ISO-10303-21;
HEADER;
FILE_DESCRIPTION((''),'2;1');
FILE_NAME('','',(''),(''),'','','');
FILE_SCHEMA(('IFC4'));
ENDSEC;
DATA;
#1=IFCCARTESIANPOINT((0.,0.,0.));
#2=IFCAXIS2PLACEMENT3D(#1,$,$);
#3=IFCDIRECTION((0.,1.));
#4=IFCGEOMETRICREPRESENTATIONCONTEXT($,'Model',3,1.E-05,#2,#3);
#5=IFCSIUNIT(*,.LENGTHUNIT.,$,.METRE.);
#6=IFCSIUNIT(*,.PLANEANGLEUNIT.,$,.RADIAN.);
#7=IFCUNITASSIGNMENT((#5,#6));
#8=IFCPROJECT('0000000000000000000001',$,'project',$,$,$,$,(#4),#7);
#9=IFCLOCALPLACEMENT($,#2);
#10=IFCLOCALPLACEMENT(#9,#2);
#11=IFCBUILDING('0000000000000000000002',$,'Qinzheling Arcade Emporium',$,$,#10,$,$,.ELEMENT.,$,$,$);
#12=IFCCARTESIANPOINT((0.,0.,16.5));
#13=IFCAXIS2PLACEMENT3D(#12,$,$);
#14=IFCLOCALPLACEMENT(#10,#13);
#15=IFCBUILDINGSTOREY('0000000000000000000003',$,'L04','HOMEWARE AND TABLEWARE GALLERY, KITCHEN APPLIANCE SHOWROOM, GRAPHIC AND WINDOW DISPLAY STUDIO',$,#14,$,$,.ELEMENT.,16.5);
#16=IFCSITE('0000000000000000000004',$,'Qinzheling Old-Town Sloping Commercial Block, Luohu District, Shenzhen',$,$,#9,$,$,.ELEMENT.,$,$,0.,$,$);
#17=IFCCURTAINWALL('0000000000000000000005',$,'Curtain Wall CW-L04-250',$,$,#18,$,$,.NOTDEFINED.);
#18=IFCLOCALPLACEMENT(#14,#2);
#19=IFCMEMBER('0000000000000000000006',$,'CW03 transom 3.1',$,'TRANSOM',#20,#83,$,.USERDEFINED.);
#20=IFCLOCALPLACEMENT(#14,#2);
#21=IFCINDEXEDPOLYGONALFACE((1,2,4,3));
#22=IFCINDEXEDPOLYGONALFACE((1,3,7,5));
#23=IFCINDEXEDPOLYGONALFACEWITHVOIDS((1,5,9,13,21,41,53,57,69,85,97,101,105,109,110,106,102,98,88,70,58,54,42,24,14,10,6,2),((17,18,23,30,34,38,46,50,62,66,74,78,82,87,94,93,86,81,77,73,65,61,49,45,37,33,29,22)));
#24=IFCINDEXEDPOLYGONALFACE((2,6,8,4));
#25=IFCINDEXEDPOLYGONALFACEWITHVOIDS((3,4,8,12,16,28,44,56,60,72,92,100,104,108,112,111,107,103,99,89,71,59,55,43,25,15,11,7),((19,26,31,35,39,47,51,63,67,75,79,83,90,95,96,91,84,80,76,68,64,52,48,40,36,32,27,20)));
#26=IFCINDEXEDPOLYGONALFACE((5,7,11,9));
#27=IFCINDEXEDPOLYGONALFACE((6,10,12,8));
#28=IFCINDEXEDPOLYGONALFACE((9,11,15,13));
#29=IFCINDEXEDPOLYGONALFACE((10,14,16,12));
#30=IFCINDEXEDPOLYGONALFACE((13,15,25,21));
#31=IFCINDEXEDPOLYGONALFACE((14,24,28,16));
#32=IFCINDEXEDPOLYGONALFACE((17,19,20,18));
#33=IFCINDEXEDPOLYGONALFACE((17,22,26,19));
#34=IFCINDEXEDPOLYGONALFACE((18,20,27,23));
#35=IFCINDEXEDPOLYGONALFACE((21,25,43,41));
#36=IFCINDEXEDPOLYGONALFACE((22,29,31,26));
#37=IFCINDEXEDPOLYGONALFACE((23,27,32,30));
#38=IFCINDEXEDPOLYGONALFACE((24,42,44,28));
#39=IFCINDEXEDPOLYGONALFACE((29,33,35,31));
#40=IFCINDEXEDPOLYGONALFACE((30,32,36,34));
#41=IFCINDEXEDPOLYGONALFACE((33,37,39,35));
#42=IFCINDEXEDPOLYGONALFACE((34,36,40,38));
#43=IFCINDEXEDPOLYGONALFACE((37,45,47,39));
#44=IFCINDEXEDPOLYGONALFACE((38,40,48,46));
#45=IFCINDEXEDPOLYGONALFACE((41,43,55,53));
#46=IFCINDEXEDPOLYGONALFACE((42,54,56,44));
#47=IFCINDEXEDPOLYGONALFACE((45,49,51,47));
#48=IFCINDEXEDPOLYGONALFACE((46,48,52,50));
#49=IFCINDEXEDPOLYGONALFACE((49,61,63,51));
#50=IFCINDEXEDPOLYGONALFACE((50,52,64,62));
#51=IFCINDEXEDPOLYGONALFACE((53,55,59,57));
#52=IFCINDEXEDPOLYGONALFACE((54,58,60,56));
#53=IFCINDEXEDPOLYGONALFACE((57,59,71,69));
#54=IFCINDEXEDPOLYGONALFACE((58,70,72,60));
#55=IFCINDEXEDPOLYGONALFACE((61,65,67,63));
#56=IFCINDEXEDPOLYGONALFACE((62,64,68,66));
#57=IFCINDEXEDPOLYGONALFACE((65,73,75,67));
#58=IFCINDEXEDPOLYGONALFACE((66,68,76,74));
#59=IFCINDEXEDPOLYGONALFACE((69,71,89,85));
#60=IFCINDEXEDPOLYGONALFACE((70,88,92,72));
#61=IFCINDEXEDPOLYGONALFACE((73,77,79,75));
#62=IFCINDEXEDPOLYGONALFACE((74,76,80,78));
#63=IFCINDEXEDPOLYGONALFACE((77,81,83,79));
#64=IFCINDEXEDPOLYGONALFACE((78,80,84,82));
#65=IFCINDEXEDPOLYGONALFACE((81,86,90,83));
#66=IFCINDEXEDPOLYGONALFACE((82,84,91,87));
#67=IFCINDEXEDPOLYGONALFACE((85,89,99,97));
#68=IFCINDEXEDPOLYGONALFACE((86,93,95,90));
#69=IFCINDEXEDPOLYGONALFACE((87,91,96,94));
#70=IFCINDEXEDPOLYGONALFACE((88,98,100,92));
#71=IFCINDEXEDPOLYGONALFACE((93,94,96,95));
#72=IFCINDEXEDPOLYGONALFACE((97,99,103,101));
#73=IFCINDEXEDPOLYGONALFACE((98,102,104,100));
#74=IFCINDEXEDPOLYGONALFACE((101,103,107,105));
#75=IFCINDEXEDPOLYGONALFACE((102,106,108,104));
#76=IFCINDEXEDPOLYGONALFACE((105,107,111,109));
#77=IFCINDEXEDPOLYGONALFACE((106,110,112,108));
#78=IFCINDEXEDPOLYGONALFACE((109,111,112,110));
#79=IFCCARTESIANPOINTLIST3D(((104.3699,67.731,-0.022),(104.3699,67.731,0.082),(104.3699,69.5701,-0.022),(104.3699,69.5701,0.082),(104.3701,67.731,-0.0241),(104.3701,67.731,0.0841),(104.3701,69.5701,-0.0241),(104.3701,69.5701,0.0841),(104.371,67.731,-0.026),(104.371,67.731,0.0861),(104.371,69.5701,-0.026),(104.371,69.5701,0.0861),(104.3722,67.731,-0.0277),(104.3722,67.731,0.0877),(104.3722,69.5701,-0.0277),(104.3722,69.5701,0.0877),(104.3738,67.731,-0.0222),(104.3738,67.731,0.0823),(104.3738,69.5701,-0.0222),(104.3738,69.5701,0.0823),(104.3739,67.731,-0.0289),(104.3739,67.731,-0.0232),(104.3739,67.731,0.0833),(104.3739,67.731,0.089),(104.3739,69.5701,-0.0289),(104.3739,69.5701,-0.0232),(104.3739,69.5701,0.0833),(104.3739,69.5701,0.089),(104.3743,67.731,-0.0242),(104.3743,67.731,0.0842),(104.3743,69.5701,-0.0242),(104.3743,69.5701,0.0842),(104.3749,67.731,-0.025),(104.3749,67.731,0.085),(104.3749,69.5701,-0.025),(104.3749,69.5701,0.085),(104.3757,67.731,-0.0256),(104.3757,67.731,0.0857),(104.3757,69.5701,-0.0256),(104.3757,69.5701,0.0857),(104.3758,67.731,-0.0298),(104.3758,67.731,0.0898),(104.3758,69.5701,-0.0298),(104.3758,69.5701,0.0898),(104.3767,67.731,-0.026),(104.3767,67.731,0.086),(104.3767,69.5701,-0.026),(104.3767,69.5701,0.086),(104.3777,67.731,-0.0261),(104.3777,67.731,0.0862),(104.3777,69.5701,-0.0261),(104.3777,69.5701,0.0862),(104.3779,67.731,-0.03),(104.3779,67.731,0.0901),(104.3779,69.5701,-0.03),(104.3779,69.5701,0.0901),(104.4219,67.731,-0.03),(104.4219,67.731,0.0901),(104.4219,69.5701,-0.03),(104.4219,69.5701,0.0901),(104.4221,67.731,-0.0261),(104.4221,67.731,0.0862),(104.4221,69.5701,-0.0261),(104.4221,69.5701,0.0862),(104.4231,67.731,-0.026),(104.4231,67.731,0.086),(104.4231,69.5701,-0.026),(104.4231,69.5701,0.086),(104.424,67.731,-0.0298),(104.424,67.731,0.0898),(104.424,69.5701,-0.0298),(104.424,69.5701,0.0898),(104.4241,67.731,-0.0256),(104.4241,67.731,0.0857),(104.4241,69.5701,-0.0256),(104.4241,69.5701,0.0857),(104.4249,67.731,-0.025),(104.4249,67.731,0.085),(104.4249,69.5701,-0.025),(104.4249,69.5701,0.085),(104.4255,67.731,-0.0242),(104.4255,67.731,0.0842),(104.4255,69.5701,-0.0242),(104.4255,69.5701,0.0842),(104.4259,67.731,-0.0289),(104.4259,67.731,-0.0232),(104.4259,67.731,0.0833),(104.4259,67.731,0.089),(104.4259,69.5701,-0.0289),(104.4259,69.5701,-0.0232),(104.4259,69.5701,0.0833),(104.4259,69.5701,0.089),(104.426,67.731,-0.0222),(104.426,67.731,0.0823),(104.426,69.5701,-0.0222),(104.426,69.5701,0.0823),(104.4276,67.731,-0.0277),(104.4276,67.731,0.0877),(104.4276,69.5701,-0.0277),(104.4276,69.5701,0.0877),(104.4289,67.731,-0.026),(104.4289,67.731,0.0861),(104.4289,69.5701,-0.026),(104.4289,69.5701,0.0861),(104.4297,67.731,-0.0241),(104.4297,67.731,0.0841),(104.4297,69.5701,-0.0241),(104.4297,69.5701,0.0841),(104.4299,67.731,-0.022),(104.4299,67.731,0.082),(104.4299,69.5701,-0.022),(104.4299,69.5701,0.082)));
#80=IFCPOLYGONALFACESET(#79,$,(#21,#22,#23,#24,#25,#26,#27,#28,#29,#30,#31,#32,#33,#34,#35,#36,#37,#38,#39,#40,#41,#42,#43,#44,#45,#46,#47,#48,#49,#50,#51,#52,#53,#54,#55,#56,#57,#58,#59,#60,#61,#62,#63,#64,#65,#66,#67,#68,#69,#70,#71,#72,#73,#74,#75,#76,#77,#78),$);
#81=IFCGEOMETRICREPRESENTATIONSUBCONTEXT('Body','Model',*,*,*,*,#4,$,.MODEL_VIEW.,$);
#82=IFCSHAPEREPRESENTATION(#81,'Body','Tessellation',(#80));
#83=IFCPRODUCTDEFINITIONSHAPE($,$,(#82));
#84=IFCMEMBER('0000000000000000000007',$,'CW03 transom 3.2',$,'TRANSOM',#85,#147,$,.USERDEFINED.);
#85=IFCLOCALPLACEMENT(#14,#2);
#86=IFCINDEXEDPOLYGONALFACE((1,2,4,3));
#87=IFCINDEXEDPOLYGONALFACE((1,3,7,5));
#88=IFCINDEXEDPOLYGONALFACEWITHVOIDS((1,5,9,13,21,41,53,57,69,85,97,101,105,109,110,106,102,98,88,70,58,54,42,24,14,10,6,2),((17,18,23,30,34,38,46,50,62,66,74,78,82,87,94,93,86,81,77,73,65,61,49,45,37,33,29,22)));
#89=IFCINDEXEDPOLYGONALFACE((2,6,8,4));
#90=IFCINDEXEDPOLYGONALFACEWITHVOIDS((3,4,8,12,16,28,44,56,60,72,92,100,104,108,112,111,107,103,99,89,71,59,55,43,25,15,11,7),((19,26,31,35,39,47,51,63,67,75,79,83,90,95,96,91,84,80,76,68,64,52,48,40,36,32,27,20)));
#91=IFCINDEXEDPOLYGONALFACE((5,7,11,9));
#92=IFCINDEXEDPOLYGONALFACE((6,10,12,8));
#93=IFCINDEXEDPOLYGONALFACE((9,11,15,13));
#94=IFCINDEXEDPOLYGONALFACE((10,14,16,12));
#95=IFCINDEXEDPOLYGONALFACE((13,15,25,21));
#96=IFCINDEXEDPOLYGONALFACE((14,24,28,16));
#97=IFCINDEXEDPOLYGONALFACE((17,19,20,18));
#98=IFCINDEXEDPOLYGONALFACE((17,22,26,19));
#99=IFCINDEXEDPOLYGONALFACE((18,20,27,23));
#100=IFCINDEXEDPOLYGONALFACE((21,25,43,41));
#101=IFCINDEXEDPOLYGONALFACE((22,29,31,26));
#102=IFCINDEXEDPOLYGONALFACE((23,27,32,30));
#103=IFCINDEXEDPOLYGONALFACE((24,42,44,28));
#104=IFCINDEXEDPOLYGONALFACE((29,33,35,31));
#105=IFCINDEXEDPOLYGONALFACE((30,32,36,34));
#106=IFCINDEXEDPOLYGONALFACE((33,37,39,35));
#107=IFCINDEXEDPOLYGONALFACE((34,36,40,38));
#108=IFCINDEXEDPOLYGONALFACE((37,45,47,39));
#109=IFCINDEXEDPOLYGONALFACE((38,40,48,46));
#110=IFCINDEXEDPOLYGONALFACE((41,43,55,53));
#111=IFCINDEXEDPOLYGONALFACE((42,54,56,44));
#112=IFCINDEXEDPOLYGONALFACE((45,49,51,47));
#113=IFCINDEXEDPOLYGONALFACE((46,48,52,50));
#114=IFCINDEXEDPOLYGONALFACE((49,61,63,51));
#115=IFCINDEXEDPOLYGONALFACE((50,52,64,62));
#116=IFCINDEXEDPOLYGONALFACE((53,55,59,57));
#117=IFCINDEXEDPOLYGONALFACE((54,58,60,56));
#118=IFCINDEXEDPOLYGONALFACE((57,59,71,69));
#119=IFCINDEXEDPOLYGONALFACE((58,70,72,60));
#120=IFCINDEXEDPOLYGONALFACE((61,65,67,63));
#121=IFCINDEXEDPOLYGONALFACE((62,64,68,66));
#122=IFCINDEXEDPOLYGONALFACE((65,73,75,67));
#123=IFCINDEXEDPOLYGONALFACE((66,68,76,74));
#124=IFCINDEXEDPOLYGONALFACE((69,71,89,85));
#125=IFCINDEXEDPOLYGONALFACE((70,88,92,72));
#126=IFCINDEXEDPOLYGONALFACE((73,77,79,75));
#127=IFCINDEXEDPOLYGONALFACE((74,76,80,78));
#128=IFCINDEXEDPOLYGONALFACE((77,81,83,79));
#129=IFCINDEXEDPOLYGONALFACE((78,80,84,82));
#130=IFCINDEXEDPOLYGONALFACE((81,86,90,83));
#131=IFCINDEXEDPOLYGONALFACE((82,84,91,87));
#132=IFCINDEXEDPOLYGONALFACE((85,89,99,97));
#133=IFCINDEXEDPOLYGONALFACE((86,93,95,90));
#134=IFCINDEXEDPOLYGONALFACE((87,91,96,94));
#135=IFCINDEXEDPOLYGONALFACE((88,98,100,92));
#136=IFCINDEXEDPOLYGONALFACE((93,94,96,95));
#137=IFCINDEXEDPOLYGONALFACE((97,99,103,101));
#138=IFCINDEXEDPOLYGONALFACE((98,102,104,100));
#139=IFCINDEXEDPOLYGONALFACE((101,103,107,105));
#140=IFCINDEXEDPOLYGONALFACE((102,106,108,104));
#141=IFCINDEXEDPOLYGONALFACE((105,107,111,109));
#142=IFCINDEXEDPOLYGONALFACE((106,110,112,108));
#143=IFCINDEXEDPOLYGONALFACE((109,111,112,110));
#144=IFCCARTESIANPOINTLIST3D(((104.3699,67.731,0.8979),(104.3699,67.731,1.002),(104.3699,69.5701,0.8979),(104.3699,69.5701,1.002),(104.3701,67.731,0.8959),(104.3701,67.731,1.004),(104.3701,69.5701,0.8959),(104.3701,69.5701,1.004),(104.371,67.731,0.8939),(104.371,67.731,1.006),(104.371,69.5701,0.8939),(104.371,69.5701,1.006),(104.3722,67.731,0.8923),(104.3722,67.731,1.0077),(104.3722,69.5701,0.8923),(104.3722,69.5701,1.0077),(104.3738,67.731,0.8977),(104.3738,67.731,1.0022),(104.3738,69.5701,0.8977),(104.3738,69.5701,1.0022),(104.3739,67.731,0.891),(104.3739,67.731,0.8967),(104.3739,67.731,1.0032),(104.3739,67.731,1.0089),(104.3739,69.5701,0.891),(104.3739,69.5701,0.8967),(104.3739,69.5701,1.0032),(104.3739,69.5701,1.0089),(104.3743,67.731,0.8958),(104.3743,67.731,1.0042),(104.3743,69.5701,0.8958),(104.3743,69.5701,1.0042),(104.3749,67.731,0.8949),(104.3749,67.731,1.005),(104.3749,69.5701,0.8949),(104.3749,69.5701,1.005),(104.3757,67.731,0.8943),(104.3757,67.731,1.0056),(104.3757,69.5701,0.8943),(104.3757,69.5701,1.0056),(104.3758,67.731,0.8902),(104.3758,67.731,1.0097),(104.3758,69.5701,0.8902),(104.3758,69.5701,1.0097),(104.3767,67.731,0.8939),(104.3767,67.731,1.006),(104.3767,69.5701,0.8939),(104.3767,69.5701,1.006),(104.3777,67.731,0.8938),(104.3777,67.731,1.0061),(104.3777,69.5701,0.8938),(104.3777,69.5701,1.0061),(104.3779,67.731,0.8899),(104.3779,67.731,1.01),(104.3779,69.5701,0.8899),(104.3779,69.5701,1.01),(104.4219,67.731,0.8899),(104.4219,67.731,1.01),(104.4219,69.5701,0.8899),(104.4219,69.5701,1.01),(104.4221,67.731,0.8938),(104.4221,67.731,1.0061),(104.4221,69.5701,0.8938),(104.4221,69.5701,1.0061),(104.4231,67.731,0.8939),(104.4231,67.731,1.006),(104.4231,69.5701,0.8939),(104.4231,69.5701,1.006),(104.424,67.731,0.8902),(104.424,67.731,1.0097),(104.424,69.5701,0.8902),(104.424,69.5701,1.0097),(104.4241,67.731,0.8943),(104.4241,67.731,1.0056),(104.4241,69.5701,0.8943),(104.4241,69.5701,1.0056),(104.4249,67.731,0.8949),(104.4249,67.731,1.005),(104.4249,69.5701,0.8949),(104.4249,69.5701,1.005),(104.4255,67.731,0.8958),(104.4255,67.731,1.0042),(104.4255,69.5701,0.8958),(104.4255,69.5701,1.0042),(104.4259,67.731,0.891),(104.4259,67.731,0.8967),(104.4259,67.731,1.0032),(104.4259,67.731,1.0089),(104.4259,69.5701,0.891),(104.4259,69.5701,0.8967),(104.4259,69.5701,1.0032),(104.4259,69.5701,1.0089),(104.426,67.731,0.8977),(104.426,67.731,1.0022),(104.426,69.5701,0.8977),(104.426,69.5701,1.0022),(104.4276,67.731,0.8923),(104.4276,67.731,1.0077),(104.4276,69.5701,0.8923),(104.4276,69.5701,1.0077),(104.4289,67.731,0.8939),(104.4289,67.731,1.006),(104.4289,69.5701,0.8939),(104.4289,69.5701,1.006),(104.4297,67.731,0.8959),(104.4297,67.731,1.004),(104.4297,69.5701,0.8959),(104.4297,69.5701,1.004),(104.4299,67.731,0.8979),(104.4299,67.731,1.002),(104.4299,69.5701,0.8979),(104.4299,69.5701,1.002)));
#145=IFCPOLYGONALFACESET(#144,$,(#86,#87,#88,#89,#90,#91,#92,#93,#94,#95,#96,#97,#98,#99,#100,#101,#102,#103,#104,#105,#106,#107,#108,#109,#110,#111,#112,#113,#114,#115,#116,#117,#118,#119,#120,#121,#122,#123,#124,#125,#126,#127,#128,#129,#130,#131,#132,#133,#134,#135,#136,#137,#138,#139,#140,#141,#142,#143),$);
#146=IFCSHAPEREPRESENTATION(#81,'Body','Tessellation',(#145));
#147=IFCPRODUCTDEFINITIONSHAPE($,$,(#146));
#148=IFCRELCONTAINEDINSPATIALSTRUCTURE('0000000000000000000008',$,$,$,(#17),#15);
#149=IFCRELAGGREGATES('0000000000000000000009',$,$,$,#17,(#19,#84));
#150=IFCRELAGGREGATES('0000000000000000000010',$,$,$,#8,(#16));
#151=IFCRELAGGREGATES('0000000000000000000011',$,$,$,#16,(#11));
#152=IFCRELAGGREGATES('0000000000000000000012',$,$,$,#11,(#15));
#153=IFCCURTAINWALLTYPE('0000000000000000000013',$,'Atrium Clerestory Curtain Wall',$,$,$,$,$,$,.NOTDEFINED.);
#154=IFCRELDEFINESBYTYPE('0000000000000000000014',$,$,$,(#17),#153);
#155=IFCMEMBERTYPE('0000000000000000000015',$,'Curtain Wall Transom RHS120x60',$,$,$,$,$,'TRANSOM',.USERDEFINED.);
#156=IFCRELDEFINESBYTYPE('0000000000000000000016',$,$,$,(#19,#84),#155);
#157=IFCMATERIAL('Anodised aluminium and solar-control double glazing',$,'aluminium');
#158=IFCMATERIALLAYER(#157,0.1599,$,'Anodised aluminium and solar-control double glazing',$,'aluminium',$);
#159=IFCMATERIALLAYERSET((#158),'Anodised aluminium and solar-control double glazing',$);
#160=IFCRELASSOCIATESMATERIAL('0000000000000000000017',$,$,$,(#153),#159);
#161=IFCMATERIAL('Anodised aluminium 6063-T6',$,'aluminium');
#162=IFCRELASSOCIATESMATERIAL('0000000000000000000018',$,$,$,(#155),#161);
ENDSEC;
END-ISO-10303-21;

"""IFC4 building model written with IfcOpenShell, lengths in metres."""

from ifc_helpers import new_model, si_unit, direction, frame, origin, origin_2d, place, context, subcontext, project, spatial, hollow_rectangle, extrude, material, layer, layer_set, material_profile, profile_set, type_object, element, aggregate, save


model = new_model("IFC4")

# Units and contexts
model_context = context("Model", 3, precision=1e-05, world=origin(), true_north=direction((0.0, 1.0)))
body_context = subcontext(model_context, "Body", "Model", "MODEL_VIEW")
ifc_project = project(units=[si_unit("LENGTHUNIT", "METRE"), si_unit("PLANEANGLEUNIT", "RADIAN")], contexts=[model_context])

# Site, building, storey
site_placement = place(None, origin())
site = spatial("IfcSite", under=ifc_project, at=site_placement, Name="Qinzheling Old-Town Sloping Commercial Block, Luohu District, Shenzhen", CompositionType="ELEMENT", RefElevation=0.0)
building_placement = place(site_placement, origin())
building = spatial("IfcBuilding", under=site, at=building_placement, Name="Qinzheling Arcade Emporium", CompositionType="ELEMENT")
storey_placement = place(building_placement, frame((0.0, 0.0, 16.5)))
storey = spatial("IfcBuildingStorey", under=building, at=storey_placement, Name="L04", Description="HOMEWARE AND TABLEWARE GALLERY, KITCHEN APPLIANCE SHOWROOM, GRAPHIC AND WINDOW DISPLAY STUDIO", CompositionType="ELEMENT", Elevation=16.5)

# Curtain wall, members
ifc_material_1 = material(Name="Anodised aluminium and solar-control double glazing", Category="aluminium")
ifc_layer_1 = layer(ifc_material_1, 0.1599, Name="Anodised aluminium and solar-control double glazing", Category="aluminium")
ifc_layer_set_1 = layer_set([ifc_layer_1], Name="Anodised aluminium and solar-control double glazing")
curtain_wall_type = type_object("IfcCurtainWallType", Name="Atrium Clerestory Curtain Wall", PredefinedType="NOTDEFINED", material=ifc_layer_set_1)
curtain_wall_placement = place(storey_placement, origin())
curtain_wall = element("IfcCurtainWall", 1, at=curtain_wall_placement, inside=storey, type_object=curtain_wall_type, Name="Curtain Wall CW-L04-250", PredefinedType="NOTDEFINED")
ifc_material_2 = material(Name="Anodised aluminium 6063-T6", Category="aluminium")
ifc_material_profile_1 = material_profile(ifc_material_2, hollow_rectangle(XDim=0.0601, YDim=0.1201, WallThickness=0.0039, InnerFilletRadius=0.0039, OuterFilletRadius=0.0081, at=origin_2d()), Name="RHS 120x60x4", Category="aluminium")
ifc_profile_set_1 = profile_set([ifc_material_profile_1], Name="Anodised aluminium 6063-T6")
member_type_1 = type_object("IfcMemberType", Name="Curtain Wall Transom RHS120x60", ElementType="TRANSOM", PredefinedType="USERDEFINED", material=ifc_profile_set_1)
member_1_placement = place(storey_placement, frame((104.3999, 69.5701, 0.03), z_axis=(0.0, -1.0, 0.0), x_axis=(1.0, 0.0, 0.0)))
member_1 = element("IfcMember", 2, at=member_1_placement, type_object=member_type_1, Name="CW03 transom 3.1", ObjectType="TRANSOM", PredefinedType="USERDEFINED", context=body_context, shape_type="SweptSolid", body=[
    extrude(hollow_rectangle(XDim=0.0601, YDim=0.1201, WallThickness=0.0039, InnerFilletRadius=0.0039, OuterFilletRadius=0.0081, at=origin_2d()), origin(), (0.0, 0.0, 1.0), 1.8391),
])
member_2_placement = place(storey_placement, frame((104.3999, 69.5701, 0.95), z_axis=(0.0, -1.0, 0.0), x_axis=(1.0, 0.0, 0.0)))
member_2 = element("IfcMember", 3, at=member_2_placement, type_object=member_type_1, Name="CW03 transom 3.2", ObjectType="TRANSOM", PredefinedType="USERDEFINED", context=body_context, shape_type="SweptSolid", body=[
    extrude(hollow_rectangle(XDim=0.0601, YDim=0.1201, WallThickness=0.0039, InnerFilletRadius=0.0039, OuterFilletRadius=0.0081, at=origin_2d()), origin(), (0.0, 0.0, 1.0), 1.8391),
])

aggregate(curtain_wall, [member_1, member_2])

save(model, "model.ifc")
